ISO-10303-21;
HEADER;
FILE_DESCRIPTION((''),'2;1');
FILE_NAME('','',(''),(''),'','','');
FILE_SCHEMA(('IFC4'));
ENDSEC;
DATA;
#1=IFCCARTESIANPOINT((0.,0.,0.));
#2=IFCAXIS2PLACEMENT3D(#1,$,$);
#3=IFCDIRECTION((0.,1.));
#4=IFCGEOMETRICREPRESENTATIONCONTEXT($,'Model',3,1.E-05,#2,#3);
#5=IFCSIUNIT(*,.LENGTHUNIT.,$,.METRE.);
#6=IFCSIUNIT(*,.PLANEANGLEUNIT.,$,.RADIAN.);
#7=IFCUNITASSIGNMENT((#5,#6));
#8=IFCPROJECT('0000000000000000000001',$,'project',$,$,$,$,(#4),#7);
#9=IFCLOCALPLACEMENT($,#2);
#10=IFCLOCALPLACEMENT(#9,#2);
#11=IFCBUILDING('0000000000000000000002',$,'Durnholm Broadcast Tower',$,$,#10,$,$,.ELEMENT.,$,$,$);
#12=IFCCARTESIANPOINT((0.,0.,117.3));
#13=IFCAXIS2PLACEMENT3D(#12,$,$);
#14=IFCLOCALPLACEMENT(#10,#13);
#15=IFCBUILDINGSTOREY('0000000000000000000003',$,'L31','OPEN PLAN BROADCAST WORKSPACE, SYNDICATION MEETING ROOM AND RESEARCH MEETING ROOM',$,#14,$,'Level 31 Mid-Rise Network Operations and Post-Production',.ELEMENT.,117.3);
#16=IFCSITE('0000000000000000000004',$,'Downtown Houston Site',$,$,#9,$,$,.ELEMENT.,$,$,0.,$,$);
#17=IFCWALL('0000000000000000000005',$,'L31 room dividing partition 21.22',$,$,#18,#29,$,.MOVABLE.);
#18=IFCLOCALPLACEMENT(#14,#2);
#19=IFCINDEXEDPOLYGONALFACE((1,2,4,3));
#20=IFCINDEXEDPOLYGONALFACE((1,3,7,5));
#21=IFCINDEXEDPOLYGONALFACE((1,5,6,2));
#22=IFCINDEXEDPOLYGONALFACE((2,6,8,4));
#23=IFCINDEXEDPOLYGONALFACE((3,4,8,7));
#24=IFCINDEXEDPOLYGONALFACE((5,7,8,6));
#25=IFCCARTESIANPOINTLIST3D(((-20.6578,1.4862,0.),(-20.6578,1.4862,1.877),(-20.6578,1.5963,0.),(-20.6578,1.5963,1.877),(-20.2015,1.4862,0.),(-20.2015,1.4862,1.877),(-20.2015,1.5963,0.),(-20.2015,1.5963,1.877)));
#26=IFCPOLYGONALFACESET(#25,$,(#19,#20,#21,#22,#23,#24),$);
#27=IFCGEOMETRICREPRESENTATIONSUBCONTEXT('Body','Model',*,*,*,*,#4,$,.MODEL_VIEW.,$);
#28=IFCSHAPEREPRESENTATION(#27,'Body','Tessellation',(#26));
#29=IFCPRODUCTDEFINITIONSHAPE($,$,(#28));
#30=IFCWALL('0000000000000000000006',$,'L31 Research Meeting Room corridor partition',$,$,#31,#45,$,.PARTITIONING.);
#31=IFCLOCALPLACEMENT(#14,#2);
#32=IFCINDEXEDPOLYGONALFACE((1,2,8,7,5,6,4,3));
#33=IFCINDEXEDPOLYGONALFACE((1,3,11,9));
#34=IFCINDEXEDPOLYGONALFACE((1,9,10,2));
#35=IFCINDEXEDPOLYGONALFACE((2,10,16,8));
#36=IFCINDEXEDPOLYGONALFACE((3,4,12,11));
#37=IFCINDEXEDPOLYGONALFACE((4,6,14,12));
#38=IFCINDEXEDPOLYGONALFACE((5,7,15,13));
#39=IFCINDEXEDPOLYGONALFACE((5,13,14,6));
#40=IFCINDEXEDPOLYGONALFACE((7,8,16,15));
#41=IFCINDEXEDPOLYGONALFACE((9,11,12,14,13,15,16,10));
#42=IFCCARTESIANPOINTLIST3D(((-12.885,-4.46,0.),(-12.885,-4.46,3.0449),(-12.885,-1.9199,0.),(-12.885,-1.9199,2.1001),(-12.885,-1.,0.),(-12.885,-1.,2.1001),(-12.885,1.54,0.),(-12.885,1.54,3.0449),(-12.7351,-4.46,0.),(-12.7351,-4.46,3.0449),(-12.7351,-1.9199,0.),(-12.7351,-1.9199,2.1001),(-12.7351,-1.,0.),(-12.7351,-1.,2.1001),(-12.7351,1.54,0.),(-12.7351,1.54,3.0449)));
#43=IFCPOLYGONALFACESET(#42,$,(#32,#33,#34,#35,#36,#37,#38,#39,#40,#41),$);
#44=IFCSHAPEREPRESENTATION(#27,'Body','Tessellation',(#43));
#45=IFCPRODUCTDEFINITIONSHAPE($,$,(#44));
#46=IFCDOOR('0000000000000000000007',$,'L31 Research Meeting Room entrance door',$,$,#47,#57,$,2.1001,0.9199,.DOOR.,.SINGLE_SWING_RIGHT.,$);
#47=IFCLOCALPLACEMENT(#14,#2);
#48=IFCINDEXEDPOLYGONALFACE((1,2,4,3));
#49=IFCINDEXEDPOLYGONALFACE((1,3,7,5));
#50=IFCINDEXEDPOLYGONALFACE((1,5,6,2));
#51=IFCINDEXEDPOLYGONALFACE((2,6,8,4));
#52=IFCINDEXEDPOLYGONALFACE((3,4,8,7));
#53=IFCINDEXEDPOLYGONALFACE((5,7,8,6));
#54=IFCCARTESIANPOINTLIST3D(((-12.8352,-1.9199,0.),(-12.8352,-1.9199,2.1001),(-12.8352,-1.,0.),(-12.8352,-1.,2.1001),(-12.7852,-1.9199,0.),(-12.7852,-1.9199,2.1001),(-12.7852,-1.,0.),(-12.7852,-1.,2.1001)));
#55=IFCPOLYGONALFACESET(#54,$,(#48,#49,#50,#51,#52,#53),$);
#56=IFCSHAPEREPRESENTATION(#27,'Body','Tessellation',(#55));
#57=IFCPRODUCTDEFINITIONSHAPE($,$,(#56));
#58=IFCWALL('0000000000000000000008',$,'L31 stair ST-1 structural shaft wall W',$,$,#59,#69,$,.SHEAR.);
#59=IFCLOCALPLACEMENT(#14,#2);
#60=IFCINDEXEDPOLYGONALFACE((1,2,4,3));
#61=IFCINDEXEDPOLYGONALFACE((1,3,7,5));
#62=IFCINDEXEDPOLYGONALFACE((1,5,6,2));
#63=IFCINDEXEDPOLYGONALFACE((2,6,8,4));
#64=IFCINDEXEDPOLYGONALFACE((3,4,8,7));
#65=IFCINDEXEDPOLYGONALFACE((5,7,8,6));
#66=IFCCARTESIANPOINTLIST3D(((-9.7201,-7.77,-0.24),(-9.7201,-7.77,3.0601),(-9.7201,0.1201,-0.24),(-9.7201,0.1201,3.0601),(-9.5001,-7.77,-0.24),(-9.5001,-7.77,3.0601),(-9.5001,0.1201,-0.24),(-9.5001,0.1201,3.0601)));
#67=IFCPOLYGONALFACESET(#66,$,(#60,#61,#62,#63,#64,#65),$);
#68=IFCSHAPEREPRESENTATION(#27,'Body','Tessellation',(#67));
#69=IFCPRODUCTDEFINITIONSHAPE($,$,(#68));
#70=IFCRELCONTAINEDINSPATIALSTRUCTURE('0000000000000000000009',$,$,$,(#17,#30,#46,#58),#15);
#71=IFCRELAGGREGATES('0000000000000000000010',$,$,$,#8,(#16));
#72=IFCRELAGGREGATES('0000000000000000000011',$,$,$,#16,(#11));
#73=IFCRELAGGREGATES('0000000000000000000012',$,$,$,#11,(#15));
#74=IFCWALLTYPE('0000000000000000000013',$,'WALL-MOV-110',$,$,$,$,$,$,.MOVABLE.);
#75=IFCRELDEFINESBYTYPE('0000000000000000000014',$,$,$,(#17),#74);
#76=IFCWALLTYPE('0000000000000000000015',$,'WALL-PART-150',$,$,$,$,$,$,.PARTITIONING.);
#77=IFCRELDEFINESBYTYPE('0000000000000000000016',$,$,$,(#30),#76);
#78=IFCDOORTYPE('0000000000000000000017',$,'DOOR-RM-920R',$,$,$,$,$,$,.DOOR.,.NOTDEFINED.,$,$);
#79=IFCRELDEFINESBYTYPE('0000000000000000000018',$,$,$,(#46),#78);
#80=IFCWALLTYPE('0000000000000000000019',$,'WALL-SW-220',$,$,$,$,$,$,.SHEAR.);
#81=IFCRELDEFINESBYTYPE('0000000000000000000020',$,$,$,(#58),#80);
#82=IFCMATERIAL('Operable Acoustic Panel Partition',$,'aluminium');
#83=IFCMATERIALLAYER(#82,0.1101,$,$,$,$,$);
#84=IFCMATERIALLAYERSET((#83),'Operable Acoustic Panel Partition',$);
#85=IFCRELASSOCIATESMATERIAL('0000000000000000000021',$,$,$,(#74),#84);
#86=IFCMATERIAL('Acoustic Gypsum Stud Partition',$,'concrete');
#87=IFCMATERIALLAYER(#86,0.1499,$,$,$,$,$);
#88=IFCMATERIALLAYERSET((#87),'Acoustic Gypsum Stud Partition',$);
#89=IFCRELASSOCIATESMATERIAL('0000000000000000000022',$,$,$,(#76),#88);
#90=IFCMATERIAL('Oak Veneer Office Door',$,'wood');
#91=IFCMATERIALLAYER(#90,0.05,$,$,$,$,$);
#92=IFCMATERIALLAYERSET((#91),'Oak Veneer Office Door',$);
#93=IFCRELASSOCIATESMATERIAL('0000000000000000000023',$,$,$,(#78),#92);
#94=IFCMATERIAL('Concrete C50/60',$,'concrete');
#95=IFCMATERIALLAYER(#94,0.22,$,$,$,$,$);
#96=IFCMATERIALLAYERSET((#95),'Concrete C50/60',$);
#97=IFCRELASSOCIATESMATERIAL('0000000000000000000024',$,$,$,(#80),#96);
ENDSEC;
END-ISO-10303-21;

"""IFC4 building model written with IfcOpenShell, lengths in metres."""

from ifc_helpers import new_model, si_unit, direction, frame, frame_2d, origin, place, context, subcontext, project, spatial, rectangle, extrude, source, transform, mapped, material, layer, layer_set, type_object, type_shapes, element, fill, save


model = new_model("IFC4")

# Units and contexts
model_context = context("Model", 3, precision=1e-05, world=origin(), true_north=direction((0.0, 1.0)))
body_context = subcontext(model_context, "Body", "Model", "MODEL_VIEW")
ifc_project = project(units=[si_unit("LENGTHUNIT", "METRE"), si_unit("PLANEANGLEUNIT", "RADIAN")], contexts=[model_context])

# Site, building, storey
site_placement = place(None, origin())
site = spatial("IfcSite", under=ifc_project, at=site_placement, Name="Downtown Houston Site", CompositionType="ELEMENT", RefElevation=0.0)
building_placement = place(site_placement, origin())
building = spatial("IfcBuilding", under=site, at=building_placement, Name="Durnholm Broadcast Tower", CompositionType="ELEMENT")
storey_placement = place(building_placement, frame((0.0, 0.0, 117.3)))
storey = spatial("IfcBuildingStorey", under=building, at=storey_placement, Name="L31", Description="OPEN PLAN BROADCAST WORKSPACE, SYNDICATION MEETING ROOM AND RESEARCH MEETING ROOM", LongName="Level 31 Mid-Rise Network Operations and Post-Production", CompositionType="ELEMENT", Elevation=117.3)

# Wall
ifc_material_1 = material(Name="Operable Acoustic Panel Partition", Category="aluminium")
ifc_layer_1 = layer(ifc_material_1, 0.1101)
ifc_layer_set_1 = layer_set([ifc_layer_1], Name="Operable Acoustic Panel Partition")
wall_type_1 = type_object("IfcWallType", Name="WALL-MOV-110", PredefinedType="MOVABLE", material=ifc_layer_set_1)
wall_1_placement = place(storey_placement, frame((-20.6577, 1.5413, 0.0), z_axis=(0.0, 0.0, 1.0), x_axis=(1.0, 0.0, 0.0)))
element("IfcWall", 1, at=wall_1_placement, inside=storey, type_object=wall_type_1, Name="L31 room dividing partition 21.22", PredefinedType="MOVABLE", context=body_context, shape_type="SweptSolid", body=[
    extrude(rectangle(XDim=0.4563, YDim=0.1101, at=frame_2d((0.228, 0.0))), origin(), (0.0, 0.0, 1.0), 1.877),
])

# Wall, opening, door
ifc_material_2 = material(Name="Acoustic Gypsum Stud Partition", Category="concrete")
ifc_layer_2 = layer(ifc_material_2, 0.1499)
ifc_layer_set_2 = layer_set([ifc_layer_2], Name="Acoustic Gypsum Stud Partition")
wall_type_2 = type_object("IfcWallType", Name="WALL-PART-150", PredefinedType="PARTITIONING", material=ifc_layer_set_2)
wall_2_placement = place(storey_placement, frame((-12.8101, 1.54, 0.0), z_axis=(0.0, 0.0, 1.0), x_axis=(0.0, -1.0, 0.0)))
wall_2 = element("IfcWall", 2, at=wall_2_placement, inside=storey, type_object=wall_type_2, Name="L31 Research Meeting Room corridor partition", PredefinedType="PARTITIONING", context=body_context, shape_type="SweptSolid", body=[
    extrude(rectangle(XDim=6.0, YDim=0.1499, at=frame_2d((3.0, 0.0))), origin(), (0.0, 0.0, 1.0), 3.0449),
])
opening_1_placement = place(wall_2_placement, frame((2.54, 0.0, 0.0)))
opening_1 = element("IfcOpeningElement", 3, at=opening_1_placement, cuts=wall_2, PredefinedType="OPENING", context=body_context, shape_type="SweptSolid", body=[
    extrude(rectangle(XDim=0.9199, YDim=2.1001, at=frame_2d((0.46, 1.05))), frame((0.0, 0.085, 0.0), z_axis=(0.0, -1.0, 0.0), x_axis=(1.0, 0.0, 0.0)), (0.0, 0.0, 1.0), 0.1699),
])
ifc_material_3 = material(Name="Oak Veneer Office Door", Category="wood")
ifc_layer_3 = layer(ifc_material_3, 0.05)
ifc_layer_set_3 = layer_set([ifc_layer_3], Name="Oak Veneer Office Door")
door_type_1 = type_object("IfcDoorType", Name="DOOR-RM-920R", OperationType="NOTDEFINED", PredefinedType="DOOR", material=ifc_layer_set_3)
shared_shape_1 = source(origin(), body_context, "Body", "SweptSolid", [
    extrude(rectangle(XDim=0.9199, YDim=2.1001, at=frame_2d((0.46, 1.05))), frame((0.0, 0.0249, 0.0), z_axis=(0.0, -1.0, 0.0), x_axis=(1.0, 0.0, 0.0)), (0.0, 0.0, 1.0), 0.05),
])
type_shapes(door_type_1, [shared_shape_1])
door_1_placement = place(opening_1_placement, origin())
door_1 = element("IfcDoor", 4, at=door_1_placement, inside=storey, type_object=door_type_1, Name="L31 Research Meeting Room entrance door", OperationType="SINGLE_SWING_RIGHT", OverallHeight=2.1001, OverallWidth=0.9199, PredefinedType="DOOR", context=body_context, shape_type="MappedRepresentation", body=[
    mapped(shared_shape_1, transform((0.0, 0.0, 0.0), x_axis=(1.0, 0.0, 0.0), y_axis=(0.0, 1.0, 0.0), z_axis=(0.0, 0.0, 1.0), scale=1.0)),
])
fill(opening_1, door_1)

# Wall
ifc_material_4 = material(Name="Concrete C50/60", Category="concrete")
ifc_layer_4 = layer(ifc_material_4, 0.22)
ifc_layer_set_4 = layer_set([ifc_layer_4], Name="Concrete C50/60")
wall_type_3 = type_object("IfcWallType", Name="WALL-SW-220", PredefinedType="SHEAR", material=ifc_layer_set_4)
wall_3_placement = place(storey_placement, frame((-9.6101, 0.1201, -0.24), z_axis=(0.0, 0.0, 1.0), x_axis=(0.0, -1.0, 0.0)))
element("IfcWall", 5, at=wall_3_placement, inside=storey, type_object=wall_type_3, Name="L31 stair ST-1 structural shaft wall W", PredefinedType="SHEAR", context=body_context, shape_type="SweptSolid", body=[
    extrude(rectangle(XDim=7.8901, YDim=0.22, at=frame_2d((3.9451, 0.0))), origin(), (0.0, 0.0, 1.0), 3.3),
])

save(model, "model.ifc")
